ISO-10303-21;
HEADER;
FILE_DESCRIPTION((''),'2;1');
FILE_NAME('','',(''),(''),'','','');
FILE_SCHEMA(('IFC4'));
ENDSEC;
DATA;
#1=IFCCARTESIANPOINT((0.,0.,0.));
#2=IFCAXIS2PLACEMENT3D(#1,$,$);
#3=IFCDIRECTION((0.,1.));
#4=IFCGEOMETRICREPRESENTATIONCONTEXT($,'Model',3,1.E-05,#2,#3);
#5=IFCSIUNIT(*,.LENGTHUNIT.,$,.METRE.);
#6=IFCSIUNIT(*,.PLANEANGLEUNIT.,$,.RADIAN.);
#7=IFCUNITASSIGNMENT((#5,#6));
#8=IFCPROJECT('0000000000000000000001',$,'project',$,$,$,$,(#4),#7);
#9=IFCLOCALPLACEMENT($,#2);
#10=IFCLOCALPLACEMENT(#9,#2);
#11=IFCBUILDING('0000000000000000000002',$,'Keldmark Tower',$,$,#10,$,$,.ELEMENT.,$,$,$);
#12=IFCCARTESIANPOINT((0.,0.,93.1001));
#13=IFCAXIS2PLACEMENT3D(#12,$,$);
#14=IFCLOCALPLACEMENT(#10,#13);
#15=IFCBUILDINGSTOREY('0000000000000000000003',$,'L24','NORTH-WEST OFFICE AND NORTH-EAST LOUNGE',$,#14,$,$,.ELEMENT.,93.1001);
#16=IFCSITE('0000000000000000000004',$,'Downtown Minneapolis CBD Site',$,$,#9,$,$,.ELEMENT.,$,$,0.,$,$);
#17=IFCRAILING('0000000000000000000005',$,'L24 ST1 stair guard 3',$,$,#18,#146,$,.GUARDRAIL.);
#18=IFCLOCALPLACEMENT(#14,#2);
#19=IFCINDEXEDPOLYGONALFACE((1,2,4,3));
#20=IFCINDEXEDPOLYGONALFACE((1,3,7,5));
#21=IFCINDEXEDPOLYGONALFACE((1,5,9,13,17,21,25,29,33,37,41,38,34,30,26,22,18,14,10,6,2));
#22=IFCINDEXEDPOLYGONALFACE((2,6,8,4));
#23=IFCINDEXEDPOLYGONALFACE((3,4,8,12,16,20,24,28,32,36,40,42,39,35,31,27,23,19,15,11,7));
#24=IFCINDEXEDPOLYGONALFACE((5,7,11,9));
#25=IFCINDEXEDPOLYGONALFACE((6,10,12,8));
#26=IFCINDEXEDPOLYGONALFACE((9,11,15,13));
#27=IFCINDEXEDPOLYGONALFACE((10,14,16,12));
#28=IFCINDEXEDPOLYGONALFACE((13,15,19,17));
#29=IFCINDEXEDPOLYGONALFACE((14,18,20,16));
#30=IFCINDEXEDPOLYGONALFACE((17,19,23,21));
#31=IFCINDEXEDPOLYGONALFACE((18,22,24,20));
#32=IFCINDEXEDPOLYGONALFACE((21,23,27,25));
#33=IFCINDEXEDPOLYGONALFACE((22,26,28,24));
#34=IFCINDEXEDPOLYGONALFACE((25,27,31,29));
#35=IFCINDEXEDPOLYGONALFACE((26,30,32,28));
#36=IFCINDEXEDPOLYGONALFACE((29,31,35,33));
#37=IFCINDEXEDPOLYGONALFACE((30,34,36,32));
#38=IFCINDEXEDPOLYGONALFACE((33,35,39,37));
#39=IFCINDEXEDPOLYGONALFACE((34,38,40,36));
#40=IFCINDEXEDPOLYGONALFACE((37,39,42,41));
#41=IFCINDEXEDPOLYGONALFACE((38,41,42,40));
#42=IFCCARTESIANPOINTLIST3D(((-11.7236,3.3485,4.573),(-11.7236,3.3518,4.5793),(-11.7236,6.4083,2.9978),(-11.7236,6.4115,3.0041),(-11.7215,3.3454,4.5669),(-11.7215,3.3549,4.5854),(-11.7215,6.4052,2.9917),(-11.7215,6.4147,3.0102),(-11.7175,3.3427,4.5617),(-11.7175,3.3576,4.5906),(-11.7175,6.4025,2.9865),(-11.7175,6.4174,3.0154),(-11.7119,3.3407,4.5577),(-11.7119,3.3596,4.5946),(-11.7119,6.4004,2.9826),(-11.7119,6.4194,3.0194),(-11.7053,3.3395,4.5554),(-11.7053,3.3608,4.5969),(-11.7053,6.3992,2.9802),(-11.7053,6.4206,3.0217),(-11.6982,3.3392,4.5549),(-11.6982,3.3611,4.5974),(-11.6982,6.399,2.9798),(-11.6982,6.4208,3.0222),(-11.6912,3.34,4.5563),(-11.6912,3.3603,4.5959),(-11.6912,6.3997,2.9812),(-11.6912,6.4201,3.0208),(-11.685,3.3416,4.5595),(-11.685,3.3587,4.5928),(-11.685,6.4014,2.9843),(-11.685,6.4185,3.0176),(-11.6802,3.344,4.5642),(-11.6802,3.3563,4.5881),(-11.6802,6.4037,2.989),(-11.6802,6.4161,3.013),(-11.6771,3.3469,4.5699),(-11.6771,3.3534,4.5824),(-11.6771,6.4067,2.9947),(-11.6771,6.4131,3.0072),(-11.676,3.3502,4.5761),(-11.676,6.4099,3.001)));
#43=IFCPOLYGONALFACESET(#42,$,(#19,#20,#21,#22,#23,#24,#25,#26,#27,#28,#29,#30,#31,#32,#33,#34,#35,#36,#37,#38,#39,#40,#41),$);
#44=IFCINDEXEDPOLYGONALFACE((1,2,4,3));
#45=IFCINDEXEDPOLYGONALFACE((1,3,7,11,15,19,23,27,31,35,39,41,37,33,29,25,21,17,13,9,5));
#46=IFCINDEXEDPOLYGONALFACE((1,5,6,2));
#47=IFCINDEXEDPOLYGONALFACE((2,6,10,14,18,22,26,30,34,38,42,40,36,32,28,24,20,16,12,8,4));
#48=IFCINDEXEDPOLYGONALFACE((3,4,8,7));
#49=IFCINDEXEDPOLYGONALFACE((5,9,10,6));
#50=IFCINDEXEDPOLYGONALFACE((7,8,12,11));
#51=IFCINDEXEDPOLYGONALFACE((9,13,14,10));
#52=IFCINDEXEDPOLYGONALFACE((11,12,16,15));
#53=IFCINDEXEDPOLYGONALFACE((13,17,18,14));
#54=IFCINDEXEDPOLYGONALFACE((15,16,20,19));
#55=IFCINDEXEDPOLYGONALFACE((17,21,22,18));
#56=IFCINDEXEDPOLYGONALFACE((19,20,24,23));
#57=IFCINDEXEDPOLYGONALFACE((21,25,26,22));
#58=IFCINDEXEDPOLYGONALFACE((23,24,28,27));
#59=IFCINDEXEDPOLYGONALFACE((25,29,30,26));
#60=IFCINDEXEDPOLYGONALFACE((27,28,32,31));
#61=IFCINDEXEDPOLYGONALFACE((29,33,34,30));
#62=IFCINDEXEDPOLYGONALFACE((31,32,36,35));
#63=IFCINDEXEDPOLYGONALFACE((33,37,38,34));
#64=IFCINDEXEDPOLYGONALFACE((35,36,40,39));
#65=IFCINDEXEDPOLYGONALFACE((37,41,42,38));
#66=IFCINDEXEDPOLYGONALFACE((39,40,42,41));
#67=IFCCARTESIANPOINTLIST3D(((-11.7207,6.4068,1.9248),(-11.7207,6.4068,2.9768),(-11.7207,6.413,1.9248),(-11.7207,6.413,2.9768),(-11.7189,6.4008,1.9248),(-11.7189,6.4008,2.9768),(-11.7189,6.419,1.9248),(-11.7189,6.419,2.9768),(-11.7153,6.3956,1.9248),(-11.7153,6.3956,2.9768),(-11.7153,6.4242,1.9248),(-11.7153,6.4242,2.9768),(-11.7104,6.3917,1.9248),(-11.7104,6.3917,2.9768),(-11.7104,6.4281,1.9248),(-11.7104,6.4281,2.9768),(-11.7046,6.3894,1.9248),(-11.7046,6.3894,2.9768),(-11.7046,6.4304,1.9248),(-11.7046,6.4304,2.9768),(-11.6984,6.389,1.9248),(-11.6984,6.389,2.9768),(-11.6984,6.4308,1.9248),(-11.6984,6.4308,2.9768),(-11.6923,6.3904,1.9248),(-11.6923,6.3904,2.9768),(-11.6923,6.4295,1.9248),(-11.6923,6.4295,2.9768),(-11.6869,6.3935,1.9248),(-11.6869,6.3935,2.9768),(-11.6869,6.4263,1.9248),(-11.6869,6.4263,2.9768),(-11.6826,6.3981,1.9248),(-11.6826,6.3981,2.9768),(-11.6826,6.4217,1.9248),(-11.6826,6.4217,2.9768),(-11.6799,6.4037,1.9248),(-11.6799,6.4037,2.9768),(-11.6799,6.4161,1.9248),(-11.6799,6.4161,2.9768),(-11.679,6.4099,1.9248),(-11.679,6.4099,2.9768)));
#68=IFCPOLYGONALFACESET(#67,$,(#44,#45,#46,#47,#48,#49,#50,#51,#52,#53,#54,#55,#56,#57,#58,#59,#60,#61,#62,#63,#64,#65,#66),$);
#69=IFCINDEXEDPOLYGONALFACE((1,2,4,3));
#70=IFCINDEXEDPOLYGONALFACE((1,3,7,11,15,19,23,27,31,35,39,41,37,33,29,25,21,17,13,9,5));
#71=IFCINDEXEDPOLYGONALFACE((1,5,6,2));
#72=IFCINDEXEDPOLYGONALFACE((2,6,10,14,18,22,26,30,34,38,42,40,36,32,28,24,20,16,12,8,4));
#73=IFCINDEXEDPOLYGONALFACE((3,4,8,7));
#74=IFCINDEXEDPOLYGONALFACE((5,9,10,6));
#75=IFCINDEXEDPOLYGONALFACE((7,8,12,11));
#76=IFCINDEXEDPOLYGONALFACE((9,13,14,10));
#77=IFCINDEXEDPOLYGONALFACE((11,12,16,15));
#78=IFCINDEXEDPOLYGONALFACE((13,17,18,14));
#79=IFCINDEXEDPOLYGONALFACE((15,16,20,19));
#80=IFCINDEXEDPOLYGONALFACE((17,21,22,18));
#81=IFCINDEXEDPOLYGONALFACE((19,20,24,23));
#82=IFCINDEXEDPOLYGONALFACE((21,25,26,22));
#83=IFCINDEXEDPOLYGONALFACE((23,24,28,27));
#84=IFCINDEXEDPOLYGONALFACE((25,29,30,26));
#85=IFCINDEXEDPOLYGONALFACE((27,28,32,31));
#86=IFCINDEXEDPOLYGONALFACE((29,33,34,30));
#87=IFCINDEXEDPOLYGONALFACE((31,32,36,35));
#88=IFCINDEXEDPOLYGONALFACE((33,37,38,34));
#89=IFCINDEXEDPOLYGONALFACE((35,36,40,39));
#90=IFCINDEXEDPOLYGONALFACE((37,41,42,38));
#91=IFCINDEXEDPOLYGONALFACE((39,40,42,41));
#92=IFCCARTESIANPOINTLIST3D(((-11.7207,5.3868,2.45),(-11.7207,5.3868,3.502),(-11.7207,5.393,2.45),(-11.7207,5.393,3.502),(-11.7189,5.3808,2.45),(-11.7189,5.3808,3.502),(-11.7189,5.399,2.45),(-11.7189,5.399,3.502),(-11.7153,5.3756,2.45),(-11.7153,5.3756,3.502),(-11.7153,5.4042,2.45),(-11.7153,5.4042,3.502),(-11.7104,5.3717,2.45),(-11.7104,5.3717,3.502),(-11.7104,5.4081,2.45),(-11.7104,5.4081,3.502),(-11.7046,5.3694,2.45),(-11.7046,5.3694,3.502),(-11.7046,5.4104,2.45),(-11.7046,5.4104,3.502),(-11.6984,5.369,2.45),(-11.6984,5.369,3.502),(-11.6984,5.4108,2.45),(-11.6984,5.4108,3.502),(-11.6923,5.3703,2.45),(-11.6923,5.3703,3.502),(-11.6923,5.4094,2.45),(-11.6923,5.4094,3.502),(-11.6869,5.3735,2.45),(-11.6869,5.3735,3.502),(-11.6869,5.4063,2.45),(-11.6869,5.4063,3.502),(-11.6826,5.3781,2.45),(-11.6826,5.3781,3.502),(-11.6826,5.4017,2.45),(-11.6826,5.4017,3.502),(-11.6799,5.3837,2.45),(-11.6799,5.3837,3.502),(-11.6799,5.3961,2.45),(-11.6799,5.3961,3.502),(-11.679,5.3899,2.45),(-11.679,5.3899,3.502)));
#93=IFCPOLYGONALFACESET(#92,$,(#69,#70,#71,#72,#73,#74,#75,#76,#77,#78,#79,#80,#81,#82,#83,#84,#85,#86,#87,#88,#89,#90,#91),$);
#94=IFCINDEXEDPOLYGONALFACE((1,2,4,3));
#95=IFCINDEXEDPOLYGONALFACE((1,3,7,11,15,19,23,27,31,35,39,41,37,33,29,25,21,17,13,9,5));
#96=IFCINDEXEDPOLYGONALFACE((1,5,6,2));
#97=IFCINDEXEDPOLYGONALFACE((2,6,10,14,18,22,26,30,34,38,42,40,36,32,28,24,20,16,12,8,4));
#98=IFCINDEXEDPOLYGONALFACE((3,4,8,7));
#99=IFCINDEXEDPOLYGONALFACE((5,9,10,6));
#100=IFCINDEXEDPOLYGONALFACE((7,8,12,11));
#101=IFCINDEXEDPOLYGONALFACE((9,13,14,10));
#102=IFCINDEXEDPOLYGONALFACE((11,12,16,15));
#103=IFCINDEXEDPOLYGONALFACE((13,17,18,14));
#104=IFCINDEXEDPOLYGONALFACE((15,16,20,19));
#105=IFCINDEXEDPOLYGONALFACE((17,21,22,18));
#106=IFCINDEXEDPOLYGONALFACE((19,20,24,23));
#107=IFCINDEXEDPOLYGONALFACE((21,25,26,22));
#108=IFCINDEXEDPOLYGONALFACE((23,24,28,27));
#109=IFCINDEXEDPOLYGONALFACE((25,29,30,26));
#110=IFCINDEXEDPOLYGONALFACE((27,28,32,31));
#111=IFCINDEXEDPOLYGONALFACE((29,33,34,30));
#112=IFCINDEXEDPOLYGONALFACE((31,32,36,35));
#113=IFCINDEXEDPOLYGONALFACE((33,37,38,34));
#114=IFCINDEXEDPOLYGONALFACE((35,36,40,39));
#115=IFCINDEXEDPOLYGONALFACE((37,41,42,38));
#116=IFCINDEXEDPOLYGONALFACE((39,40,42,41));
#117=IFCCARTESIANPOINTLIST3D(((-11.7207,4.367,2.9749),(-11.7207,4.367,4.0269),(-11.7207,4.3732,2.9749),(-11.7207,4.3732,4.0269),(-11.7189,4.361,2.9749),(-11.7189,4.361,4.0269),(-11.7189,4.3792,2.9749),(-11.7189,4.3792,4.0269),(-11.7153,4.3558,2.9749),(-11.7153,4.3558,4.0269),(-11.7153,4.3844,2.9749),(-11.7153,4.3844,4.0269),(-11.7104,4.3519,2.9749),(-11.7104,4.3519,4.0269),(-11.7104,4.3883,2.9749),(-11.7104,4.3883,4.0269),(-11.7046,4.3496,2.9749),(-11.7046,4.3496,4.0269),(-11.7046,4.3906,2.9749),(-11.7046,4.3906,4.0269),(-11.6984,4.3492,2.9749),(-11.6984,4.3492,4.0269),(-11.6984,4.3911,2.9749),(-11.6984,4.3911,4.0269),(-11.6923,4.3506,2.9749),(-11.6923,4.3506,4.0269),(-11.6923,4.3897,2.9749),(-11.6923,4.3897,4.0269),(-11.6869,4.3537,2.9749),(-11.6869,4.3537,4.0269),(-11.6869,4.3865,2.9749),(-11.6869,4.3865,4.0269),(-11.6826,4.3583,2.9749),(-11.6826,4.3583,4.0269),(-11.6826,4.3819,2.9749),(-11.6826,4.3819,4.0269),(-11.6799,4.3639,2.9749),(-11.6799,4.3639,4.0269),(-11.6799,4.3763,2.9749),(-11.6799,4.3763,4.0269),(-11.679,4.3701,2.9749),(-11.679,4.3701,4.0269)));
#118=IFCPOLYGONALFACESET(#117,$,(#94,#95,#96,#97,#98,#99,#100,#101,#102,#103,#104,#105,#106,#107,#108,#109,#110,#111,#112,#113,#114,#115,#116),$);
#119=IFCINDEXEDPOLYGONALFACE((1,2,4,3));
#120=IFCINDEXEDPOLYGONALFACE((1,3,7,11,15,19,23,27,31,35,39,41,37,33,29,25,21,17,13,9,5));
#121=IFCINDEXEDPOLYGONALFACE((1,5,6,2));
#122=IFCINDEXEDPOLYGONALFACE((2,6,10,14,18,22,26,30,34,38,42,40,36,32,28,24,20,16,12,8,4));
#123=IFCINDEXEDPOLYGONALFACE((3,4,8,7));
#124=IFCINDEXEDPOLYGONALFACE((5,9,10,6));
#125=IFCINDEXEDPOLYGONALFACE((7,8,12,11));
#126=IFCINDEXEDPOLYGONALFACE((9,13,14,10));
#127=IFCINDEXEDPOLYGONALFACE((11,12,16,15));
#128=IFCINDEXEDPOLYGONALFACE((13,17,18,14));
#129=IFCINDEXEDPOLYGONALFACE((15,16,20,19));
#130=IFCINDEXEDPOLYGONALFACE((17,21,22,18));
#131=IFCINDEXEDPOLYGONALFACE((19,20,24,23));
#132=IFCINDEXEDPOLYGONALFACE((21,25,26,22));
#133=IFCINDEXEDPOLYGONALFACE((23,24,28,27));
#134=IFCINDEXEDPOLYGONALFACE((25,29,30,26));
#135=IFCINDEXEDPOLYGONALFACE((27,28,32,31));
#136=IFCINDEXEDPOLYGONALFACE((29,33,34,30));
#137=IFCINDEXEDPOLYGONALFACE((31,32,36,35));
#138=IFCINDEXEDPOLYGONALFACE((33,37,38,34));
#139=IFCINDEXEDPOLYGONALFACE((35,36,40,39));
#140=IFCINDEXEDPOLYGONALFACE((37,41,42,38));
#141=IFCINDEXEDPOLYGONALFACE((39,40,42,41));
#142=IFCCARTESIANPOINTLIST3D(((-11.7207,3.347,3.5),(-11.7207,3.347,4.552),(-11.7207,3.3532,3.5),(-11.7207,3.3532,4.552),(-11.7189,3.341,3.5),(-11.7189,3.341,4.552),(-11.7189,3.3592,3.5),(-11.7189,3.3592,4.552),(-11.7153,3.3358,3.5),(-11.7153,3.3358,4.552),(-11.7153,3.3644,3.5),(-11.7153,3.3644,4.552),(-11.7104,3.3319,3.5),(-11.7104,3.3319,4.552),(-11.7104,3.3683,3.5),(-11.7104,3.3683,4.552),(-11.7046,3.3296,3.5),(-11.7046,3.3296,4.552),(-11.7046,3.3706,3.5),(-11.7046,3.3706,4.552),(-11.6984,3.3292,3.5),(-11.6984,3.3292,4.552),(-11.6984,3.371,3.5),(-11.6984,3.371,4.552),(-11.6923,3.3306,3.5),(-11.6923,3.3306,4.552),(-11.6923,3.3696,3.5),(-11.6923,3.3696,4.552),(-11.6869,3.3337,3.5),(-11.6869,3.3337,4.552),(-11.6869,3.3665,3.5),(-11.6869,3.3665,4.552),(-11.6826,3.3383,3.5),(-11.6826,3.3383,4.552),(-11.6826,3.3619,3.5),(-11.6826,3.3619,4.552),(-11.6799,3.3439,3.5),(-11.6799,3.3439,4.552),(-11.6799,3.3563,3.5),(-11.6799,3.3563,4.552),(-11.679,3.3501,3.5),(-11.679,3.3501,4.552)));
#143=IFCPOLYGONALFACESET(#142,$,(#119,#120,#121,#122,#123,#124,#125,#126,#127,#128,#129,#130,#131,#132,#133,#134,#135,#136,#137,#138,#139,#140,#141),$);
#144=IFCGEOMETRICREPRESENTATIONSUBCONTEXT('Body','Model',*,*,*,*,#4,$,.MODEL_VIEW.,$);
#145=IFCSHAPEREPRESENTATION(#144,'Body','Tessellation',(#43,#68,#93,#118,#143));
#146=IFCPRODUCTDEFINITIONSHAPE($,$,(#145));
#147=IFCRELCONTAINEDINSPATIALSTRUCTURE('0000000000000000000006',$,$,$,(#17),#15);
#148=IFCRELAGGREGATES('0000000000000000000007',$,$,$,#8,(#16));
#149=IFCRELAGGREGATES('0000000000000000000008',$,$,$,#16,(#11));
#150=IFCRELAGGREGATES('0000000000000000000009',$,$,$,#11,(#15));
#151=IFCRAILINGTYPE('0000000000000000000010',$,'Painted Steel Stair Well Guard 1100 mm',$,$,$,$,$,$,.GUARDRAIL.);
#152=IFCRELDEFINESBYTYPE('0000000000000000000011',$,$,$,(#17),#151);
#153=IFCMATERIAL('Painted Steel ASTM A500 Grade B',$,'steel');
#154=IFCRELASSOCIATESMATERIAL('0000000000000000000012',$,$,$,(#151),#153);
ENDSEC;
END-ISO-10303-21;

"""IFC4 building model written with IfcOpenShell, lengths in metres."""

from ifc_helpers import new_model, si_unit, direction, frame, origin, origin_2d, place, context, subcontext, project, spatial, circle, extrude, material, type_object, element, save


model = new_model("IFC4")

# Units and contexts
model_context = context("Model", 3, precision=1e-05, world=origin(), true_north=direction((0.0, 1.0)))
body_context = subcontext(model_context, "Body", "Model", "MODEL_VIEW")
ifc_project = project(units=[si_unit("LENGTHUNIT", "METRE"), si_unit("PLANEANGLEUNIT", "RADIAN")], contexts=[model_context])

# Site, building, storey
site_placement = place(None, origin())
site = spatial("IfcSite", under=ifc_project, at=site_placement, Name="Downtown Minneapolis CBD Site", CompositionType="ELEMENT", RefElevation=0.0)
building_placement = place(site_placement, origin())
building = spatial("IfcBuilding", under=site, at=building_placement, Name="Keldmark Tower", CompositionType="ELEMENT")
storey_placement = place(building_placement, frame((0.0, 0.0, 93.1001)))
storey = spatial("IfcBuildingStorey", under=building, at=storey_placement, Name="L24", Description="NORTH-WEST OFFICE AND NORTH-EAST LOUNGE", CompositionType="ELEMENT", Elevation=93.1001)

# Railing
ifc_material_1 = material(Name="Painted Steel ASTM A500 Grade B", Category="steel")
railing_type_1 = type_object("IfcRailingType", Name="Painted Steel Stair Well Guard 1100 mm", PredefinedType="GUARDRAIL", material=ifc_material_1)
railing_1_placement = place(storey_placement, frame((-11.7, 6.4099, 1.9248)))
element("IfcRailing", 1, at=railing_1_placement, inside=storey, type_object=railing_type_1, Name="L24 ST1 stair guard 3", PredefinedType="GUARDRAIL", context=body_context, shape_type="SweptSolid", body=[
    extrude(circle(Radius=0.0239, at=origin_2d()), frame((0.0, 0.0, 1.0762), z_axis=(0.0, -0.889101, 0.45771), x_axis=(1.0, 0.0, 0.0)), (0.0, 0.0, 1.0), 3.4414),
    extrude(circle(Radius=0.021, at=origin_2d()), origin(), (0.0, 0.0, 1.0), 1.052),
    extrude(circle(Radius=0.021, at=origin_2d()), frame((0.0, -1.02, 0.5251)), (0.0, 0.0, 1.0), 1.052),
    extrude(circle(Radius=0.021, at=origin_2d()), frame((0.0, -2.0398, 1.05)), (0.0, 0.0, 1.0), 1.052),
    extrude(circle(Radius=0.021, at=origin_2d()), frame((0.0, -3.0598, 1.5752)), (0.0, 0.0, 1.0), 1.052),
])

save(model, "model.ifc")
